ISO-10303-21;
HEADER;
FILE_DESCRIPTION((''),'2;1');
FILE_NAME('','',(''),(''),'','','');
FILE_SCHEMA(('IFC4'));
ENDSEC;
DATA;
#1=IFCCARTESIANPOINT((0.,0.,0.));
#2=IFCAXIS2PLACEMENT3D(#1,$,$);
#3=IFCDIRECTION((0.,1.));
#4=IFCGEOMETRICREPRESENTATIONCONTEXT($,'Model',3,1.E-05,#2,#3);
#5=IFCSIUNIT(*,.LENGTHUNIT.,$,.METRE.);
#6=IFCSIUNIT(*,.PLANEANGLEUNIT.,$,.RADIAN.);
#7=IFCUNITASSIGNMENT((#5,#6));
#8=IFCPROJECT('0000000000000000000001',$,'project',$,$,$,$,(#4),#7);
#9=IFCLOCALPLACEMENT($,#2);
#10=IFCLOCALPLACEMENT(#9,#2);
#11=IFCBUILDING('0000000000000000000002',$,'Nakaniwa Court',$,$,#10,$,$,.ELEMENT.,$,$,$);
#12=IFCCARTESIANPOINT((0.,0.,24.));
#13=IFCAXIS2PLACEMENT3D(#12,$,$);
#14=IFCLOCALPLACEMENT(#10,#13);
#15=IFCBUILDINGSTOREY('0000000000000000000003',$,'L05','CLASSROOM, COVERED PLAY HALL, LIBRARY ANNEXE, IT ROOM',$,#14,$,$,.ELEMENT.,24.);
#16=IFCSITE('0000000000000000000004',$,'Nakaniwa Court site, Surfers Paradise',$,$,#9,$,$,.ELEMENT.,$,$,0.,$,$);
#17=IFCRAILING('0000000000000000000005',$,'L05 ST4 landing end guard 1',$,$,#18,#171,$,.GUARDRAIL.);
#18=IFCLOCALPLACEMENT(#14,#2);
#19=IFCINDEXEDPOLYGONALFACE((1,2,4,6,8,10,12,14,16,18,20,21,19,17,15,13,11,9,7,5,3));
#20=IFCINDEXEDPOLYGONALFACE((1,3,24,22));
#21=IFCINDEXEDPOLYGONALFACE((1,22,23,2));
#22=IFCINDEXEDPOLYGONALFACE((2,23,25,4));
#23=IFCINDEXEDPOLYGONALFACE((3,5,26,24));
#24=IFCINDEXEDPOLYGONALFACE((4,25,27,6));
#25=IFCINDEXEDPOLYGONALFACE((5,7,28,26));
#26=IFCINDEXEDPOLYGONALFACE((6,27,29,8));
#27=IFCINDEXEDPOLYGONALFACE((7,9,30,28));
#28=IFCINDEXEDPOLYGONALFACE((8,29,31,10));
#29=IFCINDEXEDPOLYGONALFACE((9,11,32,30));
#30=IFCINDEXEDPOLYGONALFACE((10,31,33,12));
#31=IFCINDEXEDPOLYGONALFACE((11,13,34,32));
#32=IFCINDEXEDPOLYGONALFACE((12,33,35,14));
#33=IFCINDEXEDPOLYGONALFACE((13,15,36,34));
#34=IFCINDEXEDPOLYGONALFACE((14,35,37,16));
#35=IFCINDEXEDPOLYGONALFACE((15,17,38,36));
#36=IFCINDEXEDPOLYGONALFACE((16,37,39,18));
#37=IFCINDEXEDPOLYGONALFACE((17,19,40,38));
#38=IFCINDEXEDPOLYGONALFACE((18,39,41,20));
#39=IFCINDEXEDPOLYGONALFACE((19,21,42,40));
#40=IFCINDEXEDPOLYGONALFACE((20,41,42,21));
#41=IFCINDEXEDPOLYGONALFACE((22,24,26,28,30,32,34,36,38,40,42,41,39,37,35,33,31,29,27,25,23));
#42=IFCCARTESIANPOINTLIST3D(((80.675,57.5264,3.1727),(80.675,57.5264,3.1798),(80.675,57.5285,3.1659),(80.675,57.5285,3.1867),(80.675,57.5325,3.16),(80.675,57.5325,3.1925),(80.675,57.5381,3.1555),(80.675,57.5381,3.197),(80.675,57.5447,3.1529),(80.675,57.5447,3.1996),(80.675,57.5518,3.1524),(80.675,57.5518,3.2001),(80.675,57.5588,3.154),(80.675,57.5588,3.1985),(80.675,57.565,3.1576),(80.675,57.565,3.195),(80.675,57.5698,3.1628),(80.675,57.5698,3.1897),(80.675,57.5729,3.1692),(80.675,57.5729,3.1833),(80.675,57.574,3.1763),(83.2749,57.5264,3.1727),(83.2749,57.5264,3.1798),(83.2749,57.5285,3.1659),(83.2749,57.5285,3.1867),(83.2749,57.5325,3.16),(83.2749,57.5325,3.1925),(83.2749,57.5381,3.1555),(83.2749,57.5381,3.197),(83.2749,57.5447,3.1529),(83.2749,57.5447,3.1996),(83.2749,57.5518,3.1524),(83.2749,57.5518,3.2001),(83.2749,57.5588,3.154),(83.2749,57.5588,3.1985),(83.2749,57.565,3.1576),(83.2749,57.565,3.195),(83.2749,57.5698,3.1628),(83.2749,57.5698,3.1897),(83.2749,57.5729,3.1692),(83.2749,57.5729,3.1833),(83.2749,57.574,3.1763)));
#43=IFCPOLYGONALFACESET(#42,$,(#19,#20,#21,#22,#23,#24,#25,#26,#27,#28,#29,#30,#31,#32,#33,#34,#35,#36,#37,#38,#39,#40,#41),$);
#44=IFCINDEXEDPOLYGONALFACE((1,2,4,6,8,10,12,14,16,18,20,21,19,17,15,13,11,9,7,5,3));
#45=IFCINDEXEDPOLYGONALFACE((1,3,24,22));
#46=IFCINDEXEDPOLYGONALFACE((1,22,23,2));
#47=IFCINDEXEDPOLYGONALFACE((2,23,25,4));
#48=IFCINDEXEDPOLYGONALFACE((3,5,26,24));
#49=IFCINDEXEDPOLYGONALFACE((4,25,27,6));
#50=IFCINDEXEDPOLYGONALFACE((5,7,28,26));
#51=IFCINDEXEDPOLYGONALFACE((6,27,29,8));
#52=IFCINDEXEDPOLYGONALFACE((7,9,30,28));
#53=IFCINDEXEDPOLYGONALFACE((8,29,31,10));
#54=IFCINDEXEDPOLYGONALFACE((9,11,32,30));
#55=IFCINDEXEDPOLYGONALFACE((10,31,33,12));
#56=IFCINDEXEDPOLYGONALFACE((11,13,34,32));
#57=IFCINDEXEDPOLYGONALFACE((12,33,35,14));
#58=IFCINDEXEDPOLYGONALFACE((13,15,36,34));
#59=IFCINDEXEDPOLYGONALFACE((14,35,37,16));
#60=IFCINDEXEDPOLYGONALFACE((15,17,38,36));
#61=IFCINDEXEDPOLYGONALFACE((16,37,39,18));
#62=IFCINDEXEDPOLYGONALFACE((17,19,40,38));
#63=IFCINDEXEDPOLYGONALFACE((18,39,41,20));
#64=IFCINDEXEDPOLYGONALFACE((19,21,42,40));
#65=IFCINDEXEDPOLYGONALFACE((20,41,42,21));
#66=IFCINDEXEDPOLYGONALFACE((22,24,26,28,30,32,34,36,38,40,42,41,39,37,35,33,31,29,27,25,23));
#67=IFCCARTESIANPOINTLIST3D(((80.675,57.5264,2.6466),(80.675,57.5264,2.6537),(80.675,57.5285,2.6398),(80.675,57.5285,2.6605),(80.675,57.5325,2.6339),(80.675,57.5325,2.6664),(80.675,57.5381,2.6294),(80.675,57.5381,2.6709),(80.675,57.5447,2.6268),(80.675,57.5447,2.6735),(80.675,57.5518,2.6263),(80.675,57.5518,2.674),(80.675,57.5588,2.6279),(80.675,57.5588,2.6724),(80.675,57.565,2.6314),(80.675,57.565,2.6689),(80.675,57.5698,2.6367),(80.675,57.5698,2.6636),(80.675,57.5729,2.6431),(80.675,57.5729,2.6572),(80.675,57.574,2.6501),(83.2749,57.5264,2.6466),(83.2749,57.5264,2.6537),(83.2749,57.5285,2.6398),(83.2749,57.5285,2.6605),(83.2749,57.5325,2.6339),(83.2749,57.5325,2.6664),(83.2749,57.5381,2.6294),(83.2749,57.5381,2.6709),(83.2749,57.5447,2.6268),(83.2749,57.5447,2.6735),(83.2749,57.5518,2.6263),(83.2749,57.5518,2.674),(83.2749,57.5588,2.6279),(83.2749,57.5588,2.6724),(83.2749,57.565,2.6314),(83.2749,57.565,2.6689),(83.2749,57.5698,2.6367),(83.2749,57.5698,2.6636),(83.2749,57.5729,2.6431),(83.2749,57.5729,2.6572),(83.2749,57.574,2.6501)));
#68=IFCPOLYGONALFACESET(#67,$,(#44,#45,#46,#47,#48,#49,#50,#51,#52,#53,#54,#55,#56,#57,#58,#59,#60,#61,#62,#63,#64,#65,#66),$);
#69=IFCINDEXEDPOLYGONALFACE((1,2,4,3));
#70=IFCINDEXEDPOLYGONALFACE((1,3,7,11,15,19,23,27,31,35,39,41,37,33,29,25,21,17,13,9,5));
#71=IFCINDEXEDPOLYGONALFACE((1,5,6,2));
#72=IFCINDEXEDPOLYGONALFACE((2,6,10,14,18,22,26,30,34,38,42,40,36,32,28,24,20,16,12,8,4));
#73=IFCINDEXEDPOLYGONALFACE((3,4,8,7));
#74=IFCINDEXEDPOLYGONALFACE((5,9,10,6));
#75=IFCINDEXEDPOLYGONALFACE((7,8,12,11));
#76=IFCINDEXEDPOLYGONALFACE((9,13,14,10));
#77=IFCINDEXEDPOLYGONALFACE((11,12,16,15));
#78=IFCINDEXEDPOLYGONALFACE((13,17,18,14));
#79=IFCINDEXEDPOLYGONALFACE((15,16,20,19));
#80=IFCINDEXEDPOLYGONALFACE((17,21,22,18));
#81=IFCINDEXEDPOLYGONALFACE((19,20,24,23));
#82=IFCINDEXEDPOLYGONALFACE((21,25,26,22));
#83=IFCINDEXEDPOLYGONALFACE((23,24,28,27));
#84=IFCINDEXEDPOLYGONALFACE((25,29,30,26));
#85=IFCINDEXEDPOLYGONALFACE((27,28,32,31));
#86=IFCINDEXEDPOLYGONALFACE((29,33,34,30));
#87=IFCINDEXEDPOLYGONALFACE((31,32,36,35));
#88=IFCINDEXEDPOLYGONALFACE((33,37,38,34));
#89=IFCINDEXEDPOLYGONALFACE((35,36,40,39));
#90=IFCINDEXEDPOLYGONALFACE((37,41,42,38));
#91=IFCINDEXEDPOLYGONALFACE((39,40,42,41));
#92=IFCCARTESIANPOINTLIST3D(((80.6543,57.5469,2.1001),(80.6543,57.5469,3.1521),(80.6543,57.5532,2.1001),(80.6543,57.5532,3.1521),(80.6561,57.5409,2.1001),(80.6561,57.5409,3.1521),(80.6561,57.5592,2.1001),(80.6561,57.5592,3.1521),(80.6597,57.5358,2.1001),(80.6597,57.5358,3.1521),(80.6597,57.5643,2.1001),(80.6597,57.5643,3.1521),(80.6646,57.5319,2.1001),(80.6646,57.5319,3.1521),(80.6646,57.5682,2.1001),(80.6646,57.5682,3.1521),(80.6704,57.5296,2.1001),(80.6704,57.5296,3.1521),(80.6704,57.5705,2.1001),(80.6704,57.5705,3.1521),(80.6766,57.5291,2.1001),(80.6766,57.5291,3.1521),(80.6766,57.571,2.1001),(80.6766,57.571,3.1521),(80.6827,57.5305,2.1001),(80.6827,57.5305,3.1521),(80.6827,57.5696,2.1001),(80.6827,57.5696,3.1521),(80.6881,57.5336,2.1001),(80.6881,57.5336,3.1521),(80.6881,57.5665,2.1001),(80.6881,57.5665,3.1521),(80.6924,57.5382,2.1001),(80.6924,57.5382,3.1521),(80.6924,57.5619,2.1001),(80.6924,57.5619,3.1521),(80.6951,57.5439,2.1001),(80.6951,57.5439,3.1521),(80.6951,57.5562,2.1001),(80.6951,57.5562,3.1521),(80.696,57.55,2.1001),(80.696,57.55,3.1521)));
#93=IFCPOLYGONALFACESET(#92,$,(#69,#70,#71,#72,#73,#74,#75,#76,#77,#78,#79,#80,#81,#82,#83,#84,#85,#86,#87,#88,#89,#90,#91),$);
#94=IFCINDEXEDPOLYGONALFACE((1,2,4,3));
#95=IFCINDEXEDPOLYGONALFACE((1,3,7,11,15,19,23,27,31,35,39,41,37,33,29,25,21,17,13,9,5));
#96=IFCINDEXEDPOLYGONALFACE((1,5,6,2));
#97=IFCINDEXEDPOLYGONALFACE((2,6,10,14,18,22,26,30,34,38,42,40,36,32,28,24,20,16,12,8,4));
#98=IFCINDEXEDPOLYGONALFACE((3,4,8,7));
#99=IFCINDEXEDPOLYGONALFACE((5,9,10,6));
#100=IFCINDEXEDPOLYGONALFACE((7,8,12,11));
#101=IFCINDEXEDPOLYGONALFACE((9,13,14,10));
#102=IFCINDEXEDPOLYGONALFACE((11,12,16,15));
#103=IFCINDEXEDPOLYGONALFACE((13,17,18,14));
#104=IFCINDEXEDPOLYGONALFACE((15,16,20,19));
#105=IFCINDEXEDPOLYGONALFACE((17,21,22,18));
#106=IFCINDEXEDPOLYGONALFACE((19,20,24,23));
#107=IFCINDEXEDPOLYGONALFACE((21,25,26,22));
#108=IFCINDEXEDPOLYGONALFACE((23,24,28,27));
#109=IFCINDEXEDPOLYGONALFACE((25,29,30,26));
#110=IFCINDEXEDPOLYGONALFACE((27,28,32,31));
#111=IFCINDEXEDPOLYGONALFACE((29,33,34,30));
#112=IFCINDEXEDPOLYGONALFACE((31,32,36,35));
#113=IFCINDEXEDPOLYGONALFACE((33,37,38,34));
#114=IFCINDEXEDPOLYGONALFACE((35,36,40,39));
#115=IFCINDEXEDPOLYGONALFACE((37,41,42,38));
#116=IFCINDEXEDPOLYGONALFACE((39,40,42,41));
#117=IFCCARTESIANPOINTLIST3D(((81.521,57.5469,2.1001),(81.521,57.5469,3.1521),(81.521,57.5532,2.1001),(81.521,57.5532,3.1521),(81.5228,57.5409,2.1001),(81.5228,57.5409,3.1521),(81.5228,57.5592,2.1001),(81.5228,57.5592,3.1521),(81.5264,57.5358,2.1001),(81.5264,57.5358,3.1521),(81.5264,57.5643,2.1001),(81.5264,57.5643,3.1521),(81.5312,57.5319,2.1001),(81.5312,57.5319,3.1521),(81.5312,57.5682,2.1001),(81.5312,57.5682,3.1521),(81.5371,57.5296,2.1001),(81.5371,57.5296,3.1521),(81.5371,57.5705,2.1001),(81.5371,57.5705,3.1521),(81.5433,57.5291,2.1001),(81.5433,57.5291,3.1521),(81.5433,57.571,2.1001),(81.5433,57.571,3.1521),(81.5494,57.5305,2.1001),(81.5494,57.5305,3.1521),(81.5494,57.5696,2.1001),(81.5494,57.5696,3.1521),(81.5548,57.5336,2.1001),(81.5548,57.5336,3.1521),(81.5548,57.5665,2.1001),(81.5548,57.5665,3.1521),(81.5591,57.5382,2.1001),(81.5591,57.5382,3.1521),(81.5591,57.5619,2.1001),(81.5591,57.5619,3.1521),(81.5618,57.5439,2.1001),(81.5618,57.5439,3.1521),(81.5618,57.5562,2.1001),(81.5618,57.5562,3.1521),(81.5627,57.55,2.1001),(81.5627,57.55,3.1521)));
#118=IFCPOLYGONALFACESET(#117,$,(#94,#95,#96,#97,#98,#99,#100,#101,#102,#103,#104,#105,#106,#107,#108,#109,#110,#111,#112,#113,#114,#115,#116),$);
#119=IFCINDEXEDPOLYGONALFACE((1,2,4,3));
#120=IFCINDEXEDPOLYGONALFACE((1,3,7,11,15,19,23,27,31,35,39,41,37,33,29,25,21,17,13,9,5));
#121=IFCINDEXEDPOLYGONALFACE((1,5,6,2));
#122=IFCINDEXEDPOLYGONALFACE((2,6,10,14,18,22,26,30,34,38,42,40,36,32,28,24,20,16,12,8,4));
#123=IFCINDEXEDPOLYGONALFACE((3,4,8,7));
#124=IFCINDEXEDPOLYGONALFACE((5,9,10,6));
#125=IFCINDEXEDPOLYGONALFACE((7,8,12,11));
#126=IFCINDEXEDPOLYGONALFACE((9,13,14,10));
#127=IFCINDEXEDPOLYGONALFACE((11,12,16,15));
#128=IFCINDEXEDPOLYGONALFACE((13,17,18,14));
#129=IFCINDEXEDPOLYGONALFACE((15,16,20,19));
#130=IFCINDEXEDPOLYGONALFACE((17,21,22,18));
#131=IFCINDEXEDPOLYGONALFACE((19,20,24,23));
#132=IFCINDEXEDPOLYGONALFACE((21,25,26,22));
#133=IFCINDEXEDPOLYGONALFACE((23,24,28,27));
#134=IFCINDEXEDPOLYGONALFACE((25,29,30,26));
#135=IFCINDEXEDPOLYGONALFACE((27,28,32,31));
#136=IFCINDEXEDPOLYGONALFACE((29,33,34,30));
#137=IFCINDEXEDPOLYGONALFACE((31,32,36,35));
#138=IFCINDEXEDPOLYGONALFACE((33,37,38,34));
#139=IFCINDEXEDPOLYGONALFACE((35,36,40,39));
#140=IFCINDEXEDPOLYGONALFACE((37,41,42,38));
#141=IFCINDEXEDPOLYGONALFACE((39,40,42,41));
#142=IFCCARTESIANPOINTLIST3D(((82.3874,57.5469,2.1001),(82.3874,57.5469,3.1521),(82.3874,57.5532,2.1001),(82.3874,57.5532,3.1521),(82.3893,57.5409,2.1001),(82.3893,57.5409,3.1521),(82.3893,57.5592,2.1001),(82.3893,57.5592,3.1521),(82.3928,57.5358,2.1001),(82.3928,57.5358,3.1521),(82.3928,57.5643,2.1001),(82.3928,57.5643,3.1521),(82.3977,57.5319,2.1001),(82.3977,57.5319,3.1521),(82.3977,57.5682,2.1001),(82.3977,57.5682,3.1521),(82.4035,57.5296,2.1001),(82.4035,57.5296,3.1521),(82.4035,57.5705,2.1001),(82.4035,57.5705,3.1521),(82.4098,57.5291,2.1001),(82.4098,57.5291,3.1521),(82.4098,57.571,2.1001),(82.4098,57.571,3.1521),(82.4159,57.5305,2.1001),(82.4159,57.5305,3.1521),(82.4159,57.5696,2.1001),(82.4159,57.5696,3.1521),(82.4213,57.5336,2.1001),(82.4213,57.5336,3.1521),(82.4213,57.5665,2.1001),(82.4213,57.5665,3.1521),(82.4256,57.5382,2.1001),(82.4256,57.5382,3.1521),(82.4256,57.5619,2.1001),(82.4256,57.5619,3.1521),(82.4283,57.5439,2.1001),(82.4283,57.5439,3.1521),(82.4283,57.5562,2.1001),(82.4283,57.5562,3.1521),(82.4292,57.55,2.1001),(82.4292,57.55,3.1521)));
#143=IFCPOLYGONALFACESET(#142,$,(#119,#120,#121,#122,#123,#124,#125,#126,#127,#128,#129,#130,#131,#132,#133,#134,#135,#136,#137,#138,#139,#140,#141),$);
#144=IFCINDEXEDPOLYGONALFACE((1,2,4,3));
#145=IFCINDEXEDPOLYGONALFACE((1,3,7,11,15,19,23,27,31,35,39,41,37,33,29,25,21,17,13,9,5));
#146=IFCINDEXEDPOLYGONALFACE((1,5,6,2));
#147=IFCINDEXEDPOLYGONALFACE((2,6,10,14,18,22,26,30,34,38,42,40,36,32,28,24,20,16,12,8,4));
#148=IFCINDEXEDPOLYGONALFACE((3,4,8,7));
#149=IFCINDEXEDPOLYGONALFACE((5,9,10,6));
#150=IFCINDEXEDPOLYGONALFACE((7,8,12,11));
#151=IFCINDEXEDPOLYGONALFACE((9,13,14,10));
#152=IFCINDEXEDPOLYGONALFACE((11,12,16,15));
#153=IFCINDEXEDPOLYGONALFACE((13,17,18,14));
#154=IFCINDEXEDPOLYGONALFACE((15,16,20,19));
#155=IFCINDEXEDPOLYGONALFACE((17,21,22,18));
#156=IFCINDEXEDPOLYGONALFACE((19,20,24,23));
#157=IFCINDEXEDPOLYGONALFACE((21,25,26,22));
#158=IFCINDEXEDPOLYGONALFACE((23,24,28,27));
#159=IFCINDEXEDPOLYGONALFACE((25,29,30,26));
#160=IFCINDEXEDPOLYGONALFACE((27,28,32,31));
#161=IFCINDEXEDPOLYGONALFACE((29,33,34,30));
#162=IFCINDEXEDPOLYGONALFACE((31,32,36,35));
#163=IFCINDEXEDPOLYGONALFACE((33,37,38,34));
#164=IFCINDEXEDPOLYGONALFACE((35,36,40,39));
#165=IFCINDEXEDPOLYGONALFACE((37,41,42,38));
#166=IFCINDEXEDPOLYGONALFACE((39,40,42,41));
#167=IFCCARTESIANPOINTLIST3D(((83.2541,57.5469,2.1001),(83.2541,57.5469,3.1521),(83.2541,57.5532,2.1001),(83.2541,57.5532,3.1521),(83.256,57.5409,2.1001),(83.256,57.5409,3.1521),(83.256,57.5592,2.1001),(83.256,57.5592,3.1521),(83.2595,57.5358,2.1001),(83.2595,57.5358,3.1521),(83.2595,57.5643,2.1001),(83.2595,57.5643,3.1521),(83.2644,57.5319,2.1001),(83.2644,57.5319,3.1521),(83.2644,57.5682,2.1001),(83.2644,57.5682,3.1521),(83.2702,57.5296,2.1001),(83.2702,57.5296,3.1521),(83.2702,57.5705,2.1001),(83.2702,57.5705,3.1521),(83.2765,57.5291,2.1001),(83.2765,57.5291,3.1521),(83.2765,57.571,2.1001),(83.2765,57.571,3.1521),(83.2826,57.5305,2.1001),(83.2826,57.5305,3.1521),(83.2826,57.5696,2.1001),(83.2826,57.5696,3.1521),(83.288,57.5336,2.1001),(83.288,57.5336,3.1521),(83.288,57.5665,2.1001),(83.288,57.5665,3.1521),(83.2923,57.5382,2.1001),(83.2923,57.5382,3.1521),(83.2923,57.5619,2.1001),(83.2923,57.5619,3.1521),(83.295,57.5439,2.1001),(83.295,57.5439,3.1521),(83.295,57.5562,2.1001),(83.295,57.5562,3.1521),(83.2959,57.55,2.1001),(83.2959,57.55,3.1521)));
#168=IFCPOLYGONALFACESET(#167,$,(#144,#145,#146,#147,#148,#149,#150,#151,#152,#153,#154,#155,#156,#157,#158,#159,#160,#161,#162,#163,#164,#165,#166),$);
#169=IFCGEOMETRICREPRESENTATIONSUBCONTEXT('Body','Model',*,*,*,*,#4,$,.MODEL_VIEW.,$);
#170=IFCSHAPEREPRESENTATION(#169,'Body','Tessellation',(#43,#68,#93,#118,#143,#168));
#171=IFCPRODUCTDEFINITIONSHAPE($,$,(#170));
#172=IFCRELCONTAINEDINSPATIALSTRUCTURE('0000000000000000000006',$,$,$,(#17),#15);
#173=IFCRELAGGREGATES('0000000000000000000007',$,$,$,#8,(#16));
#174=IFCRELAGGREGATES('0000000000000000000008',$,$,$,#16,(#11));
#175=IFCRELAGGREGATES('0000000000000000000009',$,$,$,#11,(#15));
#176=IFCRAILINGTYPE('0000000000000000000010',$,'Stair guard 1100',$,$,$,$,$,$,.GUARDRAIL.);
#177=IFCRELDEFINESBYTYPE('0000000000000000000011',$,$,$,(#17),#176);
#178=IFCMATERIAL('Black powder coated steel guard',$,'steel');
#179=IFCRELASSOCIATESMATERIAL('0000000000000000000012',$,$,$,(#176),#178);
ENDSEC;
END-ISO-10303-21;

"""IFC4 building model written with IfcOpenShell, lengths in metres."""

from ifc_helpers import new_model, si_unit, direction, frame, origin, origin_2d, place, context, subcontext, project, spatial, circle, extrude, material, type_object, element, save


model = new_model("IFC4")

# Units and contexts
model_context = context("Model", 3, precision=1e-05, world=origin(), true_north=direction((0.0, 1.0)))
body_context = subcontext(model_context, "Body", "Model", "MODEL_VIEW")
ifc_project = project(units=[si_unit("LENGTHUNIT", "METRE"), si_unit("PLANEANGLEUNIT", "RADIAN")], contexts=[model_context])

# Site, building, storey
site_placement = place(None, origin())
site = spatial("IfcSite", under=ifc_project, at=site_placement, Name="Nakaniwa Court site, Surfers Paradise", CompositionType="ELEMENT", RefElevation=0.0)
building_placement = place(site_placement, origin())
building = spatial("IfcBuilding", under=site, at=building_placement, Name="Nakaniwa Court", CompositionType="ELEMENT")
storey_placement = place(building_placement, frame((0.0, 0.0, 24.0)))
storey = spatial("IfcBuildingStorey", under=building, at=storey_placement, Name="L05", Description="CLASSROOM, COVERED PLAY HALL, LIBRARY ANNEXE, IT ROOM", CompositionType="ELEMENT", Elevation=24.0)

# Railing
ifc_material_1 = material(Name="Black powder coated steel guard", Category="steel")
railing_type_1 = type_object("IfcRailingType", Name="Stair guard 1100", PredefinedType="GUARDRAIL", material=ifc_material_1)
railing_1_placement = place(storey_placement, frame((80.675, 57.55, 2.1001)))
element("IfcRailing", 1, at=railing_1_placement, inside=storey, type_object=railing_type_1, Name="L05 ST4 landing end guard 1", PredefinedType="GUARDRAIL", context=body_context, shape_type="SweptSolid", body=[
    extrude(circle(Radius=0.0239, at=origin_2d()), frame((0.0, 0.0, 1.0762), z_axis=(1.0, 0.0, 0.0), x_axis=(0.0, 1.0, 0.0)), (0.0, 0.0, 1.0), 2.5999),
    extrude(circle(Radius=0.0239, at=origin_2d()), frame((0.0, 0.0, 0.55), z_axis=(1.0, 0.0, 0.0), x_axis=(0.0, 1.0, 0.0)), (0.0, 0.0, 1.0), 2.5999),
    extrude(circle(Radius=0.021, at=origin_2d()), origin(), (0.0, 0.0, 1.0), 1.052),
    extrude(circle(Radius=0.021, at=origin_2d()), frame((0.8667, 0.0, 0.0)), (0.0, 0.0, 1.0), 1.052),
    extrude(circle(Radius=0.021, at=origin_2d()), frame((1.7332, 0.0, 0.0)), (0.0, 0.0, 1.0), 1.052),
    extrude(circle(Radius=0.021, at=origin_2d()), frame((2.5999, 0.0, 0.0)), (0.0, 0.0, 1.0), 1.052),
])

save(model, "model.ifc")
